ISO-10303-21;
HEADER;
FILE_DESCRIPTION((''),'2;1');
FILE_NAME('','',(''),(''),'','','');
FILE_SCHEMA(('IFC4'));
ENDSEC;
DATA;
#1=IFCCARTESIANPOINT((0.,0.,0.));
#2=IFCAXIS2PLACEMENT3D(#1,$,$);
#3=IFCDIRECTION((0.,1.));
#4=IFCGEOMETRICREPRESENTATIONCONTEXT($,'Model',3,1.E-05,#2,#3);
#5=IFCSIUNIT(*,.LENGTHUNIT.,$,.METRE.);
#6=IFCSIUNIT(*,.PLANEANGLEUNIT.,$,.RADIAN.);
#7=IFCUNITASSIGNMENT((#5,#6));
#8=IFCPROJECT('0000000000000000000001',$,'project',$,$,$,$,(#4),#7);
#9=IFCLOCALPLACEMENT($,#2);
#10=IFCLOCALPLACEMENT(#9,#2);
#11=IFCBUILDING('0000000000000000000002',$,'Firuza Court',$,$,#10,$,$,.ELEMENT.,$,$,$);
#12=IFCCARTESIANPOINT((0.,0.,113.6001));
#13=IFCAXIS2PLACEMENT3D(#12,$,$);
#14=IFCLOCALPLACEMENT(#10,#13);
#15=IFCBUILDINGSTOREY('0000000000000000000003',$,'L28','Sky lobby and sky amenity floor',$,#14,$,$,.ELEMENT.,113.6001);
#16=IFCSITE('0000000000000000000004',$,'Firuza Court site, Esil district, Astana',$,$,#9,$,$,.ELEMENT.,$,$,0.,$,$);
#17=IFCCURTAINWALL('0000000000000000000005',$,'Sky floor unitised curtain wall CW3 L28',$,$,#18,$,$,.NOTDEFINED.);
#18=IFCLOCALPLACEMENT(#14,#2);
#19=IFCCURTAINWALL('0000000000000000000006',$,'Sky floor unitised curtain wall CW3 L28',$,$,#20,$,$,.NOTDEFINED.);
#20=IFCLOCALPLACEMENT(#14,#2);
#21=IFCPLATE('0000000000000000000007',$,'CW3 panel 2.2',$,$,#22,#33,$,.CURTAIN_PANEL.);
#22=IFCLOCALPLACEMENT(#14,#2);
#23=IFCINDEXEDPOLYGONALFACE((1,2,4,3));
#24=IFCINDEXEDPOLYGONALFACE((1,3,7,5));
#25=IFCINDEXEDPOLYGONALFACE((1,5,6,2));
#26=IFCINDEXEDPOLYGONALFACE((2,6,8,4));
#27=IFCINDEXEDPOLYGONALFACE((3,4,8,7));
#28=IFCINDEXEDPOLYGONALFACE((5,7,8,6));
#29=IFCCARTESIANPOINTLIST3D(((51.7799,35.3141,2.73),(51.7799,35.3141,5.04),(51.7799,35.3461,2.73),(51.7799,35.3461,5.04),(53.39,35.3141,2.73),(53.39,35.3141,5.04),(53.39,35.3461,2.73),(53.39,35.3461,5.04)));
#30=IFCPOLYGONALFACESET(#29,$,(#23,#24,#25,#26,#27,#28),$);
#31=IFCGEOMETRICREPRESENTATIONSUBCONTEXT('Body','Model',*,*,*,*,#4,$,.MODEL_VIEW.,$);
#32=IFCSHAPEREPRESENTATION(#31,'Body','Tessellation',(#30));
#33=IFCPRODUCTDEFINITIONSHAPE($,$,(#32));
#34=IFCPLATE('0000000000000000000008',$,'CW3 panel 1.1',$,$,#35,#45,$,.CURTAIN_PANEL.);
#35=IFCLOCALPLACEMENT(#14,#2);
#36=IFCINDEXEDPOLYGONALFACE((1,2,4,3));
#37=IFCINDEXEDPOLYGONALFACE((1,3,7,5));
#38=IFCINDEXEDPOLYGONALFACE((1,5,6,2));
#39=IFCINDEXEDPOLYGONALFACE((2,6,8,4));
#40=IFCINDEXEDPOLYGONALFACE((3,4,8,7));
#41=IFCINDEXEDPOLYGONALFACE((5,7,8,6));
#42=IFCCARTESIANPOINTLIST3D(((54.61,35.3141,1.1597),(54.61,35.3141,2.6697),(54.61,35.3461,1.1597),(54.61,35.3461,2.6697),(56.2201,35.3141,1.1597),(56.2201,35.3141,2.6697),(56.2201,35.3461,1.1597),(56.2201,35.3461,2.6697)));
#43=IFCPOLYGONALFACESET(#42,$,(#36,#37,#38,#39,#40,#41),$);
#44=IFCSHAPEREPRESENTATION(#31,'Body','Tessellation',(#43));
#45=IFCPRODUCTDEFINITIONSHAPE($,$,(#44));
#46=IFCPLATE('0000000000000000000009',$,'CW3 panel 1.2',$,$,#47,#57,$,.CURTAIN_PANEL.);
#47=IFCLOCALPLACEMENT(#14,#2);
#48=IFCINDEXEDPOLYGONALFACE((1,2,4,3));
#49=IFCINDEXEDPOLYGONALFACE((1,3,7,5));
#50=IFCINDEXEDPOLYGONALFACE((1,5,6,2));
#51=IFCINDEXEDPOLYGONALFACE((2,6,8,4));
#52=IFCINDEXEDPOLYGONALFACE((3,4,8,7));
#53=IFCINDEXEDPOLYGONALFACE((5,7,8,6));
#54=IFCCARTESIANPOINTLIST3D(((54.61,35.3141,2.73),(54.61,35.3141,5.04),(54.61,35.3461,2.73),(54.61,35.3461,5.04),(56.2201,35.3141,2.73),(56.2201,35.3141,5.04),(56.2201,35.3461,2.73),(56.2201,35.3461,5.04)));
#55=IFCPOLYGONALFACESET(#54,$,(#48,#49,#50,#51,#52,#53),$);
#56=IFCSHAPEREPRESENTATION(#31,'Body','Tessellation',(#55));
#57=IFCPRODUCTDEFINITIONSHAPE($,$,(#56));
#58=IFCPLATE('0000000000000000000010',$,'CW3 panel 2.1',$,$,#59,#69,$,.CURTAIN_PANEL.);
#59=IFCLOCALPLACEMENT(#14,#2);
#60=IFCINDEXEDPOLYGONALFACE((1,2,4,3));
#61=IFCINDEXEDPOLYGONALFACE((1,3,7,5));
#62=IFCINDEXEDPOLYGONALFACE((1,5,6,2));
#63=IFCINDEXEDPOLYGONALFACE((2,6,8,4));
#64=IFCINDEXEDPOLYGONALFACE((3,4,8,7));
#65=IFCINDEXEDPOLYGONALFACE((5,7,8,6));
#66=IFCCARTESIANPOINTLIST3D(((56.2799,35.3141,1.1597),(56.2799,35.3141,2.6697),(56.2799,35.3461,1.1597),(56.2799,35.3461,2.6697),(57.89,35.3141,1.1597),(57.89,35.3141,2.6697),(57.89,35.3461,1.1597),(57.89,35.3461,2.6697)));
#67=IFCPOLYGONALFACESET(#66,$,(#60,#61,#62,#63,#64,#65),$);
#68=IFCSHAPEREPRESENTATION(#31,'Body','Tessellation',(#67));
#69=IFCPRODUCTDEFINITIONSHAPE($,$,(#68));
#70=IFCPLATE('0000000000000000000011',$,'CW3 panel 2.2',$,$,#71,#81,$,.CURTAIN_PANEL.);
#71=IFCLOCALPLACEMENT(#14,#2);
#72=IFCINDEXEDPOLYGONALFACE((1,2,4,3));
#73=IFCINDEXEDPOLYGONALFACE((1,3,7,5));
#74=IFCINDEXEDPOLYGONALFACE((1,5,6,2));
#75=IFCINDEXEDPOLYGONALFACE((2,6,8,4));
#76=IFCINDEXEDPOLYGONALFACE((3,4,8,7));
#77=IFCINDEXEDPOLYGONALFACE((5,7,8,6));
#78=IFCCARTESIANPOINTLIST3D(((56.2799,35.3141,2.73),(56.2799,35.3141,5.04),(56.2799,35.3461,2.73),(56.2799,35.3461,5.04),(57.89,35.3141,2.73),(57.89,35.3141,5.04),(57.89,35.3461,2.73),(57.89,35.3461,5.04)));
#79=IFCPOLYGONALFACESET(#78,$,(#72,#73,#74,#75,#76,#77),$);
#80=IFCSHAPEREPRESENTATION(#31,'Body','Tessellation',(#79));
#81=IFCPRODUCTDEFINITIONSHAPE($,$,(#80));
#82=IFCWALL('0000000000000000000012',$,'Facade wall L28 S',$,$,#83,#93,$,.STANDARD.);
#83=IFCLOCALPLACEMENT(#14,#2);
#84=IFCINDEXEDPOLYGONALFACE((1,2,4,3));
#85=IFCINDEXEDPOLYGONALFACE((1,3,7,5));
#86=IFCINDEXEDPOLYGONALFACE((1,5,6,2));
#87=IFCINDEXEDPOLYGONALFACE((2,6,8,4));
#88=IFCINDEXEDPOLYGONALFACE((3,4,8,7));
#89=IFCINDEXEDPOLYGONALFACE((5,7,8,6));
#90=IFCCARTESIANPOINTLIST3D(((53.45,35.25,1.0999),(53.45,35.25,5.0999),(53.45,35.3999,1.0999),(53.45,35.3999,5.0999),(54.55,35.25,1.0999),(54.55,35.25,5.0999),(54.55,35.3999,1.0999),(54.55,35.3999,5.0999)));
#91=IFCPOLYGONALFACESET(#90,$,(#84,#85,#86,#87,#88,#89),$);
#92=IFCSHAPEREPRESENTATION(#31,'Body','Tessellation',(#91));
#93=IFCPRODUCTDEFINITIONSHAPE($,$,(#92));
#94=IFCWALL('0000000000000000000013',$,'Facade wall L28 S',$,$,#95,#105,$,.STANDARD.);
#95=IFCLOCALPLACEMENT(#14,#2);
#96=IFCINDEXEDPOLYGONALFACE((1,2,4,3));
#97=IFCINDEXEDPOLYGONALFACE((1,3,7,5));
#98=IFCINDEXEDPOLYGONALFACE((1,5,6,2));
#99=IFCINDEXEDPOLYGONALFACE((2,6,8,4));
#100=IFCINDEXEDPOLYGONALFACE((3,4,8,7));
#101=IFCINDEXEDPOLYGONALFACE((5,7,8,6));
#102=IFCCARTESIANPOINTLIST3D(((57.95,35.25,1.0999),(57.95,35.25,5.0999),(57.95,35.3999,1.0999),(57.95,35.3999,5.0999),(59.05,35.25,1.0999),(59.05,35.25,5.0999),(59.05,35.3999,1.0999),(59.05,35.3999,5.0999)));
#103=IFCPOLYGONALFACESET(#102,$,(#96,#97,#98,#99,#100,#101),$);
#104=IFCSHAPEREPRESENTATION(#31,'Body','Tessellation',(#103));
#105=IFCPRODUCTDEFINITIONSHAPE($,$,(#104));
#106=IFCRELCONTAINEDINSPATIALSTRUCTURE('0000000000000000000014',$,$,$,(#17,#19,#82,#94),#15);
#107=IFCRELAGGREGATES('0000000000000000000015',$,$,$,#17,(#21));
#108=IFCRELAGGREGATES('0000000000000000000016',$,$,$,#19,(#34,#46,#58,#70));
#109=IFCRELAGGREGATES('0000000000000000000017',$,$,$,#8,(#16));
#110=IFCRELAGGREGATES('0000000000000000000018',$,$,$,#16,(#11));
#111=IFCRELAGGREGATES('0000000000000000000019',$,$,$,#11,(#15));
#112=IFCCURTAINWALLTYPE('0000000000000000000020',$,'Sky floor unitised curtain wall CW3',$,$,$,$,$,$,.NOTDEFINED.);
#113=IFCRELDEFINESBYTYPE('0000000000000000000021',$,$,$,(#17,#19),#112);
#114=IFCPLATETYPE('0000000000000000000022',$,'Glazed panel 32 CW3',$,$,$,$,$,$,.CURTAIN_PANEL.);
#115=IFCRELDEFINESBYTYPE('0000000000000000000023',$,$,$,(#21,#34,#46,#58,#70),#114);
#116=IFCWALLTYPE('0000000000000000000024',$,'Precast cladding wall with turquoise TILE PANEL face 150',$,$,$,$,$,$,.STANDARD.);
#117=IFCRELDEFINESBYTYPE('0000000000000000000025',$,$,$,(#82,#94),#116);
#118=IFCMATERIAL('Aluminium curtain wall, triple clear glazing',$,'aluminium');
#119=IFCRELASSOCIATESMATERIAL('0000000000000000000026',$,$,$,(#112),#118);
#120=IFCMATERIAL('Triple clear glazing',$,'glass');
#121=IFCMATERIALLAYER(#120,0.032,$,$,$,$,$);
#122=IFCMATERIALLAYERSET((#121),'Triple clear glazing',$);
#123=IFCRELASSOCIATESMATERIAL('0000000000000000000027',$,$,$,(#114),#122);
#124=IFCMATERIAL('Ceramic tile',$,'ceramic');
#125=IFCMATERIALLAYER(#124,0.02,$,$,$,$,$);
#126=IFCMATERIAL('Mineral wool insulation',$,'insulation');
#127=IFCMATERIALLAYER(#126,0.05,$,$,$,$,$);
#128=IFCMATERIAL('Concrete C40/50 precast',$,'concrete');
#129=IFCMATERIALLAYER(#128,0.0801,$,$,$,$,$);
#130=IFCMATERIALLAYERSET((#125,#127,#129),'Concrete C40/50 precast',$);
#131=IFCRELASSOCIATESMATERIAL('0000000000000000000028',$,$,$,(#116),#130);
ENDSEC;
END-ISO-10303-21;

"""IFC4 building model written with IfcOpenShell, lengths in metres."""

from ifc_helpers import new_model, si_unit, direction, frame, frame_2d, origin, origin_2d, place, context, subcontext, project, spatial, rectangle, extrude, material, layer, layer_set, type_object, element, aggregate, save


model = new_model("IFC4")

# Units and contexts
model_context = context("Model", 3, precision=1e-05, world=origin(), true_north=direction((0.0, 1.0)))
body_context = subcontext(model_context, "Body", "Model", "MODEL_VIEW")
ifc_project = project(units=[si_unit("LENGTHUNIT", "METRE"), si_unit("PLANEANGLEUNIT", "RADIAN")], contexts=[model_context])

# Site, building, storey
site_placement = place(None, origin())
site = spatial("IfcSite", under=ifc_project, at=site_placement, Name="Firuza Court site, Esil district, Astana", CompositionType="ELEMENT", RefElevation=0.0)
building_placement = place(site_placement, origin())
building = spatial("IfcBuilding", under=site, at=building_placement, Name="Firuza Court", CompositionType="ELEMENT")
storey_placement = place(building_placement, frame((0.0, 0.0, 113.6001)))
storey = spatial("IfcBuildingStorey", under=building, at=storey_placement, Name="L28", Description="Sky lobby and sky amenity floor", CompositionType="ELEMENT", Elevation=113.6001)

# Curtain wall
ifc_material_1 = material(Name="Aluminium curtain wall, triple clear glazing", Category="aluminium")
curtain_wall_type = type_object("IfcCurtainWallType", Name="Sky floor unitised curtain wall CW3", PredefinedType="NOTDEFINED", material=ifc_material_1)
curtain_wall_1_placement = place(storey_placement, origin())
curtain_wall_1 = element("IfcCurtainWall", 1, at=curtain_wall_1_placement, inside=storey, type_object=curtain_wall_type, Name="Sky floor unitised curtain wall CW3 L28", PredefinedType="NOTDEFINED")

# Curtain wall
curtain_wall_2_placement = place(storey_placement, origin())
curtain_wall_2 = element("IfcCurtainWall", 2, at=curtain_wall_2_placement, inside=storey, type_object=curtain_wall_type, Name="Sky floor unitised curtain wall CW3 L28", PredefinedType="NOTDEFINED")

# Plates
ifc_material_2 = material(Name="Triple clear glazing", Category="glass")
ifc_layer_1 = layer(ifc_material_2, 0.032)
ifc_layer_set_1 = layer_set([ifc_layer_1], Name="Triple clear glazing")
plate_type = type_object("IfcPlateType", Name="Glazed panel 32 CW3", PredefinedType="CURTAIN_PANEL", material=ifc_layer_set_1)
plate_1_placement = place(storey_placement, frame((52.585, 35.3301, 2.73), z_axis=(0.0, 0.0, 1.0), x_axis=(1.0, 0.0, 0.0)))
plate_1 = element("IfcPlate", 3, at=plate_1_placement, type_object=plate_type, Name="CW3 panel 2.2", PredefinedType="CURTAIN_PANEL", context=body_context, shape_type="SweptSolid", body=[
    extrude(rectangle(XDim=1.6101, YDim=0.032, at=origin_2d()), origin(), (0.0, 0.0, 1.0), 2.3101),
])
aggregate(curtain_wall_1, [plate_1])
plate_2_placement = place(storey_placement, frame((55.415, 35.3301, 1.1597), z_axis=(0.0, 0.0, 1.0), x_axis=(1.0, 0.0, 0.0)))
plate_2 = element("IfcPlate", 4, at=plate_2_placement, type_object=plate_type, Name="CW3 panel 1.1", PredefinedType="CURTAIN_PANEL", context=body_context, shape_type="SweptSolid", body=[
    extrude(rectangle(XDim=1.6101, YDim=0.032, at=origin_2d()), origin(), (0.0, 0.0, 1.0), 1.51),
])
plate_3_placement = place(storey_placement, frame((55.415, 35.3301, 2.73), z_axis=(0.0, 0.0, 1.0), x_axis=(1.0, 0.0, 0.0)))
plate_3 = element("IfcPlate", 5, at=plate_3_placement, type_object=plate_type, Name="CW3 panel 1.2", PredefinedType="CURTAIN_PANEL", context=body_context, shape_type="SweptSolid", body=[
    extrude(rectangle(XDim=1.6101, YDim=0.032, at=origin_2d()), origin(), (0.0, 0.0, 1.0), 2.3101),
])
plate_4_placement = place(storey_placement, frame((57.085, 35.3301, 1.1597), z_axis=(0.0, 0.0, 1.0), x_axis=(1.0, 0.0, 0.0)))
plate_4 = element("IfcPlate", 6, at=plate_4_placement, type_object=plate_type, Name="CW3 panel 2.1", PredefinedType="CURTAIN_PANEL", context=body_context, shape_type="SweptSolid", body=[
    extrude(rectangle(XDim=1.6101, YDim=0.032, at=origin_2d()), origin(), (0.0, 0.0, 1.0), 1.51),
])
plate_5_placement = place(storey_placement, frame((57.085, 35.3301, 2.73), z_axis=(0.0, 0.0, 1.0), x_axis=(1.0, 0.0, 0.0)))
plate_5 = element("IfcPlate", 7, at=plate_5_placement, type_object=plate_type, Name="CW3 panel 2.2", PredefinedType="CURTAIN_PANEL", context=body_context, shape_type="SweptSolid", body=[
    extrude(rectangle(XDim=1.6101, YDim=0.032, at=origin_2d()), origin(), (0.0, 0.0, 1.0), 2.3101),
])
aggregate(curtain_wall_2, [plate_2, plate_3, plate_4, plate_5])

# Walls
ifc_material_3 = material(Name="Ceramic tile", Category="ceramic")
ifc_layer_2 = layer(ifc_material_3, 0.02)
ifc_material_4 = material(Name="Mineral wool insulation", Category="insulation")
ifc_layer_3 = layer(ifc_material_4, 0.05)
ifc_material_5 = material(Name="Concrete C40/50 precast", Category="concrete")
ifc_layer_4 = layer(ifc_material_5, 0.0801)
ifc_layer_set_2 = layer_set([ifc_layer_2, ifc_layer_3, ifc_layer_4], Name="Concrete C40/50 precast")
wall_type = type_object("IfcWallType", Name="Precast cladding wall with turquoise TILE PANEL face 150", PredefinedType="STANDARD", material=ifc_layer_set_2)
for number, where, z_axis, x_axis, name in (
    (8, (53.45, 35.325, 1.0999), (0.0, 0.0, 1.0), (1.0, 0.0, 0.0), "Facade wall L28 S"),
    (9, (57.95, 35.325, 1.0999), (0.0, 0.0, 1.0), (1.0, 0.0, 0.0), "Facade wall L28 S"),
):
    element("IfcWall", number, at=place(storey_placement, frame(where, z_axis=z_axis, x_axis=x_axis)), inside=storey, type_object=wall_type, Name=name, PredefinedType="STANDARD", context=body_context, shape_type="SweptSolid", body=[
        extrude(rectangle(XDim=1.1001, YDim=0.1499, at=frame_2d((0.55, 0.0))), origin(), (0.0, 0.0, 1.0), 4.0),
    ])

save(model, "model.ifc")
